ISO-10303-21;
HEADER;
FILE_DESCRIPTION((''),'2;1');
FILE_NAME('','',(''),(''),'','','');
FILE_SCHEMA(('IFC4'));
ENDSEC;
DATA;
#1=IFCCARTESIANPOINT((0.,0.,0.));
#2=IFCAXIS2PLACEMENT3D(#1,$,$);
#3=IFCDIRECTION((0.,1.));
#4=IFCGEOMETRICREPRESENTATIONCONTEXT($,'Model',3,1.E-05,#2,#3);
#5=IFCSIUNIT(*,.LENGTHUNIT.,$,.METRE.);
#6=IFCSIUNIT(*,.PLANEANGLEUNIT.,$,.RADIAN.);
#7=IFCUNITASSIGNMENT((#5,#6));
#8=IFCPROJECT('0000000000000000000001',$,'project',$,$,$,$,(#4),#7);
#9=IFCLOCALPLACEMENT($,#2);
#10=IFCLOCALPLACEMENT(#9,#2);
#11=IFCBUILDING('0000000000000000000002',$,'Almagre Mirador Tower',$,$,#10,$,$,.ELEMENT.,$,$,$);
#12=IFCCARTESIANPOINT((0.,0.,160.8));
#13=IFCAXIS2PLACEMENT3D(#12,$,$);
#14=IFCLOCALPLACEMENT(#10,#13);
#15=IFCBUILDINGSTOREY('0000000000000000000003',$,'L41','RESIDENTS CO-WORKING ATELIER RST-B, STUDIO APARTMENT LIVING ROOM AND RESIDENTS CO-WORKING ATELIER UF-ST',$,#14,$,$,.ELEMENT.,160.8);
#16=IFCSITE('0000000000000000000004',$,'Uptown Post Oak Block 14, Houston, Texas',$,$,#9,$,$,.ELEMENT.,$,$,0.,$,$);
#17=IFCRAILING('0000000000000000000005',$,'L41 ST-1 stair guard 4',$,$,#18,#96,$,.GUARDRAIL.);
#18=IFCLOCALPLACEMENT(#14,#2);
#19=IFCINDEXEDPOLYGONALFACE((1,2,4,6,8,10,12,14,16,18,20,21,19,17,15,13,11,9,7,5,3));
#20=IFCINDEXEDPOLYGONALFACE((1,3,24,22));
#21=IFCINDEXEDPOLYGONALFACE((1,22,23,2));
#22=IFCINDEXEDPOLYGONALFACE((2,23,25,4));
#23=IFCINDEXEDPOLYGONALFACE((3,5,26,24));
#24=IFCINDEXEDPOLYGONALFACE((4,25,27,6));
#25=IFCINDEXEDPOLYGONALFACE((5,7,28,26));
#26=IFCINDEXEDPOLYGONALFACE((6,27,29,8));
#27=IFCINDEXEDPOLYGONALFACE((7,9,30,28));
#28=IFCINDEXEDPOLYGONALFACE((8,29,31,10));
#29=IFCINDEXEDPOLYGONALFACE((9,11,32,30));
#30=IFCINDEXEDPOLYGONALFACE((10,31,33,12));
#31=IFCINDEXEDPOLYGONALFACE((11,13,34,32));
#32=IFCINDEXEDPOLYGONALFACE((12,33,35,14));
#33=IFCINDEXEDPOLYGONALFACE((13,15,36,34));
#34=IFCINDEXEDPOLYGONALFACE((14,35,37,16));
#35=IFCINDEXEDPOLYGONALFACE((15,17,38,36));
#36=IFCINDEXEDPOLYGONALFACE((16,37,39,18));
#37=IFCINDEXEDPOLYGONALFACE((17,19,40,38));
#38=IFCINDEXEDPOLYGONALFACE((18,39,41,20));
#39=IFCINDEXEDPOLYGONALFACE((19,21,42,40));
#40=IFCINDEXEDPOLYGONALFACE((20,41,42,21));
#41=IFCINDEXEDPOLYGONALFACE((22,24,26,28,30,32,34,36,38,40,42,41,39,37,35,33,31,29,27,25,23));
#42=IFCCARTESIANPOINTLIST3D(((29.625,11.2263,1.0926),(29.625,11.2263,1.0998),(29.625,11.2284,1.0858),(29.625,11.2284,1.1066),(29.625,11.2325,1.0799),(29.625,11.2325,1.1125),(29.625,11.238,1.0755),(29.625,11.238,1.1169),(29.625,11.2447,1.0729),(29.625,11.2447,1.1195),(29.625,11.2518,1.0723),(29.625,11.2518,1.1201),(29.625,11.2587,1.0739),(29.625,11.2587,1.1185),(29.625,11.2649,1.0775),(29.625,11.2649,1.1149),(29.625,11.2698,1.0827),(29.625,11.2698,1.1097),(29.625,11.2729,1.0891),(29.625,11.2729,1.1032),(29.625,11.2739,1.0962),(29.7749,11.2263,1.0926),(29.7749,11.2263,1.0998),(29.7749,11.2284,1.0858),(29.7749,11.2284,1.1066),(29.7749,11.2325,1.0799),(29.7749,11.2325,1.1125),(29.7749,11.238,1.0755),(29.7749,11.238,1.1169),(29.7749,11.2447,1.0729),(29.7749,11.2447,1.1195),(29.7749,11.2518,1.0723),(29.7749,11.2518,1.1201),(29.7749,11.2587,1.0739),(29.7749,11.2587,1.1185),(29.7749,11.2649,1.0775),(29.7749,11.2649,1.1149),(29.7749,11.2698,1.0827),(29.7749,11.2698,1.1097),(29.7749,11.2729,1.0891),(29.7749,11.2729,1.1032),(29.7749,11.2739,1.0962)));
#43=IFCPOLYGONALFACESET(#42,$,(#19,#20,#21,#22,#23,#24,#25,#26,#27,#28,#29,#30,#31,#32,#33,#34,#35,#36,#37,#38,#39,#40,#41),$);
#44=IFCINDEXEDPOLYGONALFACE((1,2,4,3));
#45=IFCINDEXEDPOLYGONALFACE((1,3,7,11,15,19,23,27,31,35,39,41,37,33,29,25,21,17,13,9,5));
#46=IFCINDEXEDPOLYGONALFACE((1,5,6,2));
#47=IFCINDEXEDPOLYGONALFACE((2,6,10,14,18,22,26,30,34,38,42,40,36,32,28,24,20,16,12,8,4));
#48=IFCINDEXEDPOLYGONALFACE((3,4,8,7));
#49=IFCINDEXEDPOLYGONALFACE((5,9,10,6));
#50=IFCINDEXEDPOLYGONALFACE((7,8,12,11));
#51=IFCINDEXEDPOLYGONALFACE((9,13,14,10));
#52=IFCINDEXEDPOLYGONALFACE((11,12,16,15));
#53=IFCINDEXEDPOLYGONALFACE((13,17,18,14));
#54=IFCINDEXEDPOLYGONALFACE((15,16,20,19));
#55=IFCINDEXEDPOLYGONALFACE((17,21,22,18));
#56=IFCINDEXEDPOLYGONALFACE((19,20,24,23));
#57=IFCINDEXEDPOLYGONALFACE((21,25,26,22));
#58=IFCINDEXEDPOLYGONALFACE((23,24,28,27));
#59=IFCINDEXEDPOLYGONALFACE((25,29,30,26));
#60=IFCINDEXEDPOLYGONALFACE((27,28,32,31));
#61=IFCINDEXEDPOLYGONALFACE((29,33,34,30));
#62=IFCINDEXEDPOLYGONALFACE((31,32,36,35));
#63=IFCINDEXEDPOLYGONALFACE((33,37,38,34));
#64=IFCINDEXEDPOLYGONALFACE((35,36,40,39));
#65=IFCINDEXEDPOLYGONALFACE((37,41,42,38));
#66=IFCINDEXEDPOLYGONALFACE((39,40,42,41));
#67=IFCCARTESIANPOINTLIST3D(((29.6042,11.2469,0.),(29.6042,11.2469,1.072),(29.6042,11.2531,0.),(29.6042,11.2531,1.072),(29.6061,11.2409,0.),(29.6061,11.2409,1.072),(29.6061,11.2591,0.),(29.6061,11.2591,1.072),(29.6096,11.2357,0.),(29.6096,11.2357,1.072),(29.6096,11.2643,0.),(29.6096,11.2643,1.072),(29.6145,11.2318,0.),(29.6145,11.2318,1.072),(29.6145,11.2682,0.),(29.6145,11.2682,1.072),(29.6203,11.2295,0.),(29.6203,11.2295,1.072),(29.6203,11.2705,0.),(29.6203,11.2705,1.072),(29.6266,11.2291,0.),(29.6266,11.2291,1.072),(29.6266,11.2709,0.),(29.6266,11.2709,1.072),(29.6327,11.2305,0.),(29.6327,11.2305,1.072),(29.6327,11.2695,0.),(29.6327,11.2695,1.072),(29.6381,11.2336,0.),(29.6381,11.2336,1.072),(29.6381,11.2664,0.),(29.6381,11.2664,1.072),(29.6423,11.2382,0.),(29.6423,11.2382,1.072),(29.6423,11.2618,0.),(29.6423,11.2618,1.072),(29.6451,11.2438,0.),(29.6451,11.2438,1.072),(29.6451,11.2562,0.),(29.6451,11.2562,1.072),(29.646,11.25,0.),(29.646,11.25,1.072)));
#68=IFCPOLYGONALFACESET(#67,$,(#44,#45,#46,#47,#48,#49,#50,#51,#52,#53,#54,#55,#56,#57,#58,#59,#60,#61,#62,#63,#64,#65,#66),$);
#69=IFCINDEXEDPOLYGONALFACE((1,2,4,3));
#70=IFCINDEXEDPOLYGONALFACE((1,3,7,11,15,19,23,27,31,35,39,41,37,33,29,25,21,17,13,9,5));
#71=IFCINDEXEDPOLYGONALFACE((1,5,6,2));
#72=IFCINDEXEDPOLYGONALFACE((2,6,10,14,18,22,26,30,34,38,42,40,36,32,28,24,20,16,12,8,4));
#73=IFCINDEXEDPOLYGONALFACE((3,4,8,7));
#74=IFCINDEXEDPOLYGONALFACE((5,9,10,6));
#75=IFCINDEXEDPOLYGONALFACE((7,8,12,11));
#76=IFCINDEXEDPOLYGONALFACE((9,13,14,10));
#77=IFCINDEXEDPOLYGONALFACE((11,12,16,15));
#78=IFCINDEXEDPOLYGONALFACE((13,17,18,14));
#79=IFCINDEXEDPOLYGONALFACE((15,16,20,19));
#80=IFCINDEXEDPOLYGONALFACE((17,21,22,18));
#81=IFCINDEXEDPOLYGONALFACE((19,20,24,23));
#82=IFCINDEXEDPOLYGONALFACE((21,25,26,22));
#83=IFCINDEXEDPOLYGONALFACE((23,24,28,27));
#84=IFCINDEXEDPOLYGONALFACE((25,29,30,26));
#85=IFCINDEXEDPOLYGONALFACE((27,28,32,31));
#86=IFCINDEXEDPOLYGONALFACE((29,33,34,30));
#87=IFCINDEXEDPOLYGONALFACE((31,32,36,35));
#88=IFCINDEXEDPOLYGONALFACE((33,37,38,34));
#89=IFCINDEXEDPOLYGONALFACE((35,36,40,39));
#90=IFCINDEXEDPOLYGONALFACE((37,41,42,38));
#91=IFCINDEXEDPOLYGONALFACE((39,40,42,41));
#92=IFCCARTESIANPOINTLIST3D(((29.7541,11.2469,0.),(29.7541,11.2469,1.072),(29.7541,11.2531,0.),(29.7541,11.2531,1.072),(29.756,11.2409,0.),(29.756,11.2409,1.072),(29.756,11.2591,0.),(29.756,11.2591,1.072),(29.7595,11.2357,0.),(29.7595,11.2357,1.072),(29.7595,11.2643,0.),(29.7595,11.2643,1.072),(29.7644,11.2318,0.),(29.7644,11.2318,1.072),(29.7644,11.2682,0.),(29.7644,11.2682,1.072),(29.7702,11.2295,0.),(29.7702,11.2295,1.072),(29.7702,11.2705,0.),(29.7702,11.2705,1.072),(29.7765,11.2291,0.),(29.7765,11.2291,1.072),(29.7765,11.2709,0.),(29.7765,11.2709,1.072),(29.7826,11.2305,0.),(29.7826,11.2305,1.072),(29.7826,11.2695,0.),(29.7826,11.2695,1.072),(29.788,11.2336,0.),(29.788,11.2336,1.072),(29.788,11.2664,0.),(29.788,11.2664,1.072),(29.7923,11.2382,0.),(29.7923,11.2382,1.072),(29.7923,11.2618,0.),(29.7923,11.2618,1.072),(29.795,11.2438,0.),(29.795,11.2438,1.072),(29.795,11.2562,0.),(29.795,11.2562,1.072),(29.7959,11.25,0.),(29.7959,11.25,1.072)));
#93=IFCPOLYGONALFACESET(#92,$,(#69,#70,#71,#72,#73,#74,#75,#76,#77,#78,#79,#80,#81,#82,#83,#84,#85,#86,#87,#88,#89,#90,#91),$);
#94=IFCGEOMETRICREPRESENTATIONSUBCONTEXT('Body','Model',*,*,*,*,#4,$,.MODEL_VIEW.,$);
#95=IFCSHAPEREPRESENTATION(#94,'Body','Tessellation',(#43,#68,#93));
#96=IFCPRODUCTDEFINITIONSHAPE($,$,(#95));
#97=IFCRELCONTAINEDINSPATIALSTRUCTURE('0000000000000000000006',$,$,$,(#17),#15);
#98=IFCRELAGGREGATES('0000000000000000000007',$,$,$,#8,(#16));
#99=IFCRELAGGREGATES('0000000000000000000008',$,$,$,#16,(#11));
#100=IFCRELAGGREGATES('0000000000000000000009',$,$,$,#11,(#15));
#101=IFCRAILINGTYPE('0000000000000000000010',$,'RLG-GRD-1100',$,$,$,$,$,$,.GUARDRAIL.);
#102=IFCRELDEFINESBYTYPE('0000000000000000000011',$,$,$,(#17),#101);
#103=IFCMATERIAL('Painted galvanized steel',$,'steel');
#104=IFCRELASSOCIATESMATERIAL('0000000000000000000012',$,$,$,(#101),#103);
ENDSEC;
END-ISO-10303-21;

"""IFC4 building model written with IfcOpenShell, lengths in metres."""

from ifc_helpers import new_model, si_unit, direction, frame, origin, origin_2d, place, context, subcontext, project, spatial, circle, extrude, material, type_object, element, save


model = new_model("IFC4")

# Units and contexts
model_context = context("Model", 3, precision=1e-05, world=origin(), true_north=direction((0.0, 1.0)))
body_context = subcontext(model_context, "Body", "Model", "MODEL_VIEW")
ifc_project = project(units=[si_unit("LENGTHUNIT", "METRE"), si_unit("PLANEANGLEUNIT", "RADIAN")], contexts=[model_context])

# Site, building, storey
site_placement = place(None, origin())
site = spatial("IfcSite", under=ifc_project, at=site_placement, Name="Uptown Post Oak Block 14, Houston, Texas", CompositionType="ELEMENT", RefElevation=0.0)
building_placement = place(site_placement, origin())
building = spatial("IfcBuilding", under=site, at=building_placement, Name="Almagre Mirador Tower", CompositionType="ELEMENT")
storey_placement = place(building_placement, frame((0.0, 0.0, 160.8)))
storey = spatial("IfcBuildingStorey", under=building, at=storey_placement, Name="L41", Description="RESIDENTS CO-WORKING ATELIER RST-B, STUDIO APARTMENT LIVING ROOM AND RESIDENTS CO-WORKING ATELIER UF-ST", CompositionType="ELEMENT", Elevation=160.8)

# Railing
ifc_material_1 = material(Name="Painted galvanized steel", Category="steel")
railing_type_1 = type_object("IfcRailingType", Name="RLG-GRD-1100", PredefinedType="GUARDRAIL", material=ifc_material_1)
railing_1_placement = place(storey_placement, frame((29.625, 11.25, 0.0)))
element("IfcRailing", 1, at=railing_1_placement, inside=storey, type_object=railing_type_1, Name="L41 ST-1 stair guard 4", PredefinedType="GUARDRAIL", context=body_context, shape_type="SweptSolid", body=[
    extrude(circle(Radius=0.0239, at=origin_2d()), frame((0.0, 0.0, 1.0962), z_axis=(1.0, 0.0, 0.0), x_axis=(0.0, 1.0, 0.0)), (0.0, 0.0, 1.0), 0.1499),
    extrude(circle(Radius=0.021, at=origin_2d()), origin(), (0.0, 0.0, 1.0), 1.072),
    extrude(circle(Radius=0.021, at=origin_2d()), frame((0.1499, 0.0, 0.0)), (0.0, 0.0, 1.0), 1.072),
])

save(model, "model.ifc")
